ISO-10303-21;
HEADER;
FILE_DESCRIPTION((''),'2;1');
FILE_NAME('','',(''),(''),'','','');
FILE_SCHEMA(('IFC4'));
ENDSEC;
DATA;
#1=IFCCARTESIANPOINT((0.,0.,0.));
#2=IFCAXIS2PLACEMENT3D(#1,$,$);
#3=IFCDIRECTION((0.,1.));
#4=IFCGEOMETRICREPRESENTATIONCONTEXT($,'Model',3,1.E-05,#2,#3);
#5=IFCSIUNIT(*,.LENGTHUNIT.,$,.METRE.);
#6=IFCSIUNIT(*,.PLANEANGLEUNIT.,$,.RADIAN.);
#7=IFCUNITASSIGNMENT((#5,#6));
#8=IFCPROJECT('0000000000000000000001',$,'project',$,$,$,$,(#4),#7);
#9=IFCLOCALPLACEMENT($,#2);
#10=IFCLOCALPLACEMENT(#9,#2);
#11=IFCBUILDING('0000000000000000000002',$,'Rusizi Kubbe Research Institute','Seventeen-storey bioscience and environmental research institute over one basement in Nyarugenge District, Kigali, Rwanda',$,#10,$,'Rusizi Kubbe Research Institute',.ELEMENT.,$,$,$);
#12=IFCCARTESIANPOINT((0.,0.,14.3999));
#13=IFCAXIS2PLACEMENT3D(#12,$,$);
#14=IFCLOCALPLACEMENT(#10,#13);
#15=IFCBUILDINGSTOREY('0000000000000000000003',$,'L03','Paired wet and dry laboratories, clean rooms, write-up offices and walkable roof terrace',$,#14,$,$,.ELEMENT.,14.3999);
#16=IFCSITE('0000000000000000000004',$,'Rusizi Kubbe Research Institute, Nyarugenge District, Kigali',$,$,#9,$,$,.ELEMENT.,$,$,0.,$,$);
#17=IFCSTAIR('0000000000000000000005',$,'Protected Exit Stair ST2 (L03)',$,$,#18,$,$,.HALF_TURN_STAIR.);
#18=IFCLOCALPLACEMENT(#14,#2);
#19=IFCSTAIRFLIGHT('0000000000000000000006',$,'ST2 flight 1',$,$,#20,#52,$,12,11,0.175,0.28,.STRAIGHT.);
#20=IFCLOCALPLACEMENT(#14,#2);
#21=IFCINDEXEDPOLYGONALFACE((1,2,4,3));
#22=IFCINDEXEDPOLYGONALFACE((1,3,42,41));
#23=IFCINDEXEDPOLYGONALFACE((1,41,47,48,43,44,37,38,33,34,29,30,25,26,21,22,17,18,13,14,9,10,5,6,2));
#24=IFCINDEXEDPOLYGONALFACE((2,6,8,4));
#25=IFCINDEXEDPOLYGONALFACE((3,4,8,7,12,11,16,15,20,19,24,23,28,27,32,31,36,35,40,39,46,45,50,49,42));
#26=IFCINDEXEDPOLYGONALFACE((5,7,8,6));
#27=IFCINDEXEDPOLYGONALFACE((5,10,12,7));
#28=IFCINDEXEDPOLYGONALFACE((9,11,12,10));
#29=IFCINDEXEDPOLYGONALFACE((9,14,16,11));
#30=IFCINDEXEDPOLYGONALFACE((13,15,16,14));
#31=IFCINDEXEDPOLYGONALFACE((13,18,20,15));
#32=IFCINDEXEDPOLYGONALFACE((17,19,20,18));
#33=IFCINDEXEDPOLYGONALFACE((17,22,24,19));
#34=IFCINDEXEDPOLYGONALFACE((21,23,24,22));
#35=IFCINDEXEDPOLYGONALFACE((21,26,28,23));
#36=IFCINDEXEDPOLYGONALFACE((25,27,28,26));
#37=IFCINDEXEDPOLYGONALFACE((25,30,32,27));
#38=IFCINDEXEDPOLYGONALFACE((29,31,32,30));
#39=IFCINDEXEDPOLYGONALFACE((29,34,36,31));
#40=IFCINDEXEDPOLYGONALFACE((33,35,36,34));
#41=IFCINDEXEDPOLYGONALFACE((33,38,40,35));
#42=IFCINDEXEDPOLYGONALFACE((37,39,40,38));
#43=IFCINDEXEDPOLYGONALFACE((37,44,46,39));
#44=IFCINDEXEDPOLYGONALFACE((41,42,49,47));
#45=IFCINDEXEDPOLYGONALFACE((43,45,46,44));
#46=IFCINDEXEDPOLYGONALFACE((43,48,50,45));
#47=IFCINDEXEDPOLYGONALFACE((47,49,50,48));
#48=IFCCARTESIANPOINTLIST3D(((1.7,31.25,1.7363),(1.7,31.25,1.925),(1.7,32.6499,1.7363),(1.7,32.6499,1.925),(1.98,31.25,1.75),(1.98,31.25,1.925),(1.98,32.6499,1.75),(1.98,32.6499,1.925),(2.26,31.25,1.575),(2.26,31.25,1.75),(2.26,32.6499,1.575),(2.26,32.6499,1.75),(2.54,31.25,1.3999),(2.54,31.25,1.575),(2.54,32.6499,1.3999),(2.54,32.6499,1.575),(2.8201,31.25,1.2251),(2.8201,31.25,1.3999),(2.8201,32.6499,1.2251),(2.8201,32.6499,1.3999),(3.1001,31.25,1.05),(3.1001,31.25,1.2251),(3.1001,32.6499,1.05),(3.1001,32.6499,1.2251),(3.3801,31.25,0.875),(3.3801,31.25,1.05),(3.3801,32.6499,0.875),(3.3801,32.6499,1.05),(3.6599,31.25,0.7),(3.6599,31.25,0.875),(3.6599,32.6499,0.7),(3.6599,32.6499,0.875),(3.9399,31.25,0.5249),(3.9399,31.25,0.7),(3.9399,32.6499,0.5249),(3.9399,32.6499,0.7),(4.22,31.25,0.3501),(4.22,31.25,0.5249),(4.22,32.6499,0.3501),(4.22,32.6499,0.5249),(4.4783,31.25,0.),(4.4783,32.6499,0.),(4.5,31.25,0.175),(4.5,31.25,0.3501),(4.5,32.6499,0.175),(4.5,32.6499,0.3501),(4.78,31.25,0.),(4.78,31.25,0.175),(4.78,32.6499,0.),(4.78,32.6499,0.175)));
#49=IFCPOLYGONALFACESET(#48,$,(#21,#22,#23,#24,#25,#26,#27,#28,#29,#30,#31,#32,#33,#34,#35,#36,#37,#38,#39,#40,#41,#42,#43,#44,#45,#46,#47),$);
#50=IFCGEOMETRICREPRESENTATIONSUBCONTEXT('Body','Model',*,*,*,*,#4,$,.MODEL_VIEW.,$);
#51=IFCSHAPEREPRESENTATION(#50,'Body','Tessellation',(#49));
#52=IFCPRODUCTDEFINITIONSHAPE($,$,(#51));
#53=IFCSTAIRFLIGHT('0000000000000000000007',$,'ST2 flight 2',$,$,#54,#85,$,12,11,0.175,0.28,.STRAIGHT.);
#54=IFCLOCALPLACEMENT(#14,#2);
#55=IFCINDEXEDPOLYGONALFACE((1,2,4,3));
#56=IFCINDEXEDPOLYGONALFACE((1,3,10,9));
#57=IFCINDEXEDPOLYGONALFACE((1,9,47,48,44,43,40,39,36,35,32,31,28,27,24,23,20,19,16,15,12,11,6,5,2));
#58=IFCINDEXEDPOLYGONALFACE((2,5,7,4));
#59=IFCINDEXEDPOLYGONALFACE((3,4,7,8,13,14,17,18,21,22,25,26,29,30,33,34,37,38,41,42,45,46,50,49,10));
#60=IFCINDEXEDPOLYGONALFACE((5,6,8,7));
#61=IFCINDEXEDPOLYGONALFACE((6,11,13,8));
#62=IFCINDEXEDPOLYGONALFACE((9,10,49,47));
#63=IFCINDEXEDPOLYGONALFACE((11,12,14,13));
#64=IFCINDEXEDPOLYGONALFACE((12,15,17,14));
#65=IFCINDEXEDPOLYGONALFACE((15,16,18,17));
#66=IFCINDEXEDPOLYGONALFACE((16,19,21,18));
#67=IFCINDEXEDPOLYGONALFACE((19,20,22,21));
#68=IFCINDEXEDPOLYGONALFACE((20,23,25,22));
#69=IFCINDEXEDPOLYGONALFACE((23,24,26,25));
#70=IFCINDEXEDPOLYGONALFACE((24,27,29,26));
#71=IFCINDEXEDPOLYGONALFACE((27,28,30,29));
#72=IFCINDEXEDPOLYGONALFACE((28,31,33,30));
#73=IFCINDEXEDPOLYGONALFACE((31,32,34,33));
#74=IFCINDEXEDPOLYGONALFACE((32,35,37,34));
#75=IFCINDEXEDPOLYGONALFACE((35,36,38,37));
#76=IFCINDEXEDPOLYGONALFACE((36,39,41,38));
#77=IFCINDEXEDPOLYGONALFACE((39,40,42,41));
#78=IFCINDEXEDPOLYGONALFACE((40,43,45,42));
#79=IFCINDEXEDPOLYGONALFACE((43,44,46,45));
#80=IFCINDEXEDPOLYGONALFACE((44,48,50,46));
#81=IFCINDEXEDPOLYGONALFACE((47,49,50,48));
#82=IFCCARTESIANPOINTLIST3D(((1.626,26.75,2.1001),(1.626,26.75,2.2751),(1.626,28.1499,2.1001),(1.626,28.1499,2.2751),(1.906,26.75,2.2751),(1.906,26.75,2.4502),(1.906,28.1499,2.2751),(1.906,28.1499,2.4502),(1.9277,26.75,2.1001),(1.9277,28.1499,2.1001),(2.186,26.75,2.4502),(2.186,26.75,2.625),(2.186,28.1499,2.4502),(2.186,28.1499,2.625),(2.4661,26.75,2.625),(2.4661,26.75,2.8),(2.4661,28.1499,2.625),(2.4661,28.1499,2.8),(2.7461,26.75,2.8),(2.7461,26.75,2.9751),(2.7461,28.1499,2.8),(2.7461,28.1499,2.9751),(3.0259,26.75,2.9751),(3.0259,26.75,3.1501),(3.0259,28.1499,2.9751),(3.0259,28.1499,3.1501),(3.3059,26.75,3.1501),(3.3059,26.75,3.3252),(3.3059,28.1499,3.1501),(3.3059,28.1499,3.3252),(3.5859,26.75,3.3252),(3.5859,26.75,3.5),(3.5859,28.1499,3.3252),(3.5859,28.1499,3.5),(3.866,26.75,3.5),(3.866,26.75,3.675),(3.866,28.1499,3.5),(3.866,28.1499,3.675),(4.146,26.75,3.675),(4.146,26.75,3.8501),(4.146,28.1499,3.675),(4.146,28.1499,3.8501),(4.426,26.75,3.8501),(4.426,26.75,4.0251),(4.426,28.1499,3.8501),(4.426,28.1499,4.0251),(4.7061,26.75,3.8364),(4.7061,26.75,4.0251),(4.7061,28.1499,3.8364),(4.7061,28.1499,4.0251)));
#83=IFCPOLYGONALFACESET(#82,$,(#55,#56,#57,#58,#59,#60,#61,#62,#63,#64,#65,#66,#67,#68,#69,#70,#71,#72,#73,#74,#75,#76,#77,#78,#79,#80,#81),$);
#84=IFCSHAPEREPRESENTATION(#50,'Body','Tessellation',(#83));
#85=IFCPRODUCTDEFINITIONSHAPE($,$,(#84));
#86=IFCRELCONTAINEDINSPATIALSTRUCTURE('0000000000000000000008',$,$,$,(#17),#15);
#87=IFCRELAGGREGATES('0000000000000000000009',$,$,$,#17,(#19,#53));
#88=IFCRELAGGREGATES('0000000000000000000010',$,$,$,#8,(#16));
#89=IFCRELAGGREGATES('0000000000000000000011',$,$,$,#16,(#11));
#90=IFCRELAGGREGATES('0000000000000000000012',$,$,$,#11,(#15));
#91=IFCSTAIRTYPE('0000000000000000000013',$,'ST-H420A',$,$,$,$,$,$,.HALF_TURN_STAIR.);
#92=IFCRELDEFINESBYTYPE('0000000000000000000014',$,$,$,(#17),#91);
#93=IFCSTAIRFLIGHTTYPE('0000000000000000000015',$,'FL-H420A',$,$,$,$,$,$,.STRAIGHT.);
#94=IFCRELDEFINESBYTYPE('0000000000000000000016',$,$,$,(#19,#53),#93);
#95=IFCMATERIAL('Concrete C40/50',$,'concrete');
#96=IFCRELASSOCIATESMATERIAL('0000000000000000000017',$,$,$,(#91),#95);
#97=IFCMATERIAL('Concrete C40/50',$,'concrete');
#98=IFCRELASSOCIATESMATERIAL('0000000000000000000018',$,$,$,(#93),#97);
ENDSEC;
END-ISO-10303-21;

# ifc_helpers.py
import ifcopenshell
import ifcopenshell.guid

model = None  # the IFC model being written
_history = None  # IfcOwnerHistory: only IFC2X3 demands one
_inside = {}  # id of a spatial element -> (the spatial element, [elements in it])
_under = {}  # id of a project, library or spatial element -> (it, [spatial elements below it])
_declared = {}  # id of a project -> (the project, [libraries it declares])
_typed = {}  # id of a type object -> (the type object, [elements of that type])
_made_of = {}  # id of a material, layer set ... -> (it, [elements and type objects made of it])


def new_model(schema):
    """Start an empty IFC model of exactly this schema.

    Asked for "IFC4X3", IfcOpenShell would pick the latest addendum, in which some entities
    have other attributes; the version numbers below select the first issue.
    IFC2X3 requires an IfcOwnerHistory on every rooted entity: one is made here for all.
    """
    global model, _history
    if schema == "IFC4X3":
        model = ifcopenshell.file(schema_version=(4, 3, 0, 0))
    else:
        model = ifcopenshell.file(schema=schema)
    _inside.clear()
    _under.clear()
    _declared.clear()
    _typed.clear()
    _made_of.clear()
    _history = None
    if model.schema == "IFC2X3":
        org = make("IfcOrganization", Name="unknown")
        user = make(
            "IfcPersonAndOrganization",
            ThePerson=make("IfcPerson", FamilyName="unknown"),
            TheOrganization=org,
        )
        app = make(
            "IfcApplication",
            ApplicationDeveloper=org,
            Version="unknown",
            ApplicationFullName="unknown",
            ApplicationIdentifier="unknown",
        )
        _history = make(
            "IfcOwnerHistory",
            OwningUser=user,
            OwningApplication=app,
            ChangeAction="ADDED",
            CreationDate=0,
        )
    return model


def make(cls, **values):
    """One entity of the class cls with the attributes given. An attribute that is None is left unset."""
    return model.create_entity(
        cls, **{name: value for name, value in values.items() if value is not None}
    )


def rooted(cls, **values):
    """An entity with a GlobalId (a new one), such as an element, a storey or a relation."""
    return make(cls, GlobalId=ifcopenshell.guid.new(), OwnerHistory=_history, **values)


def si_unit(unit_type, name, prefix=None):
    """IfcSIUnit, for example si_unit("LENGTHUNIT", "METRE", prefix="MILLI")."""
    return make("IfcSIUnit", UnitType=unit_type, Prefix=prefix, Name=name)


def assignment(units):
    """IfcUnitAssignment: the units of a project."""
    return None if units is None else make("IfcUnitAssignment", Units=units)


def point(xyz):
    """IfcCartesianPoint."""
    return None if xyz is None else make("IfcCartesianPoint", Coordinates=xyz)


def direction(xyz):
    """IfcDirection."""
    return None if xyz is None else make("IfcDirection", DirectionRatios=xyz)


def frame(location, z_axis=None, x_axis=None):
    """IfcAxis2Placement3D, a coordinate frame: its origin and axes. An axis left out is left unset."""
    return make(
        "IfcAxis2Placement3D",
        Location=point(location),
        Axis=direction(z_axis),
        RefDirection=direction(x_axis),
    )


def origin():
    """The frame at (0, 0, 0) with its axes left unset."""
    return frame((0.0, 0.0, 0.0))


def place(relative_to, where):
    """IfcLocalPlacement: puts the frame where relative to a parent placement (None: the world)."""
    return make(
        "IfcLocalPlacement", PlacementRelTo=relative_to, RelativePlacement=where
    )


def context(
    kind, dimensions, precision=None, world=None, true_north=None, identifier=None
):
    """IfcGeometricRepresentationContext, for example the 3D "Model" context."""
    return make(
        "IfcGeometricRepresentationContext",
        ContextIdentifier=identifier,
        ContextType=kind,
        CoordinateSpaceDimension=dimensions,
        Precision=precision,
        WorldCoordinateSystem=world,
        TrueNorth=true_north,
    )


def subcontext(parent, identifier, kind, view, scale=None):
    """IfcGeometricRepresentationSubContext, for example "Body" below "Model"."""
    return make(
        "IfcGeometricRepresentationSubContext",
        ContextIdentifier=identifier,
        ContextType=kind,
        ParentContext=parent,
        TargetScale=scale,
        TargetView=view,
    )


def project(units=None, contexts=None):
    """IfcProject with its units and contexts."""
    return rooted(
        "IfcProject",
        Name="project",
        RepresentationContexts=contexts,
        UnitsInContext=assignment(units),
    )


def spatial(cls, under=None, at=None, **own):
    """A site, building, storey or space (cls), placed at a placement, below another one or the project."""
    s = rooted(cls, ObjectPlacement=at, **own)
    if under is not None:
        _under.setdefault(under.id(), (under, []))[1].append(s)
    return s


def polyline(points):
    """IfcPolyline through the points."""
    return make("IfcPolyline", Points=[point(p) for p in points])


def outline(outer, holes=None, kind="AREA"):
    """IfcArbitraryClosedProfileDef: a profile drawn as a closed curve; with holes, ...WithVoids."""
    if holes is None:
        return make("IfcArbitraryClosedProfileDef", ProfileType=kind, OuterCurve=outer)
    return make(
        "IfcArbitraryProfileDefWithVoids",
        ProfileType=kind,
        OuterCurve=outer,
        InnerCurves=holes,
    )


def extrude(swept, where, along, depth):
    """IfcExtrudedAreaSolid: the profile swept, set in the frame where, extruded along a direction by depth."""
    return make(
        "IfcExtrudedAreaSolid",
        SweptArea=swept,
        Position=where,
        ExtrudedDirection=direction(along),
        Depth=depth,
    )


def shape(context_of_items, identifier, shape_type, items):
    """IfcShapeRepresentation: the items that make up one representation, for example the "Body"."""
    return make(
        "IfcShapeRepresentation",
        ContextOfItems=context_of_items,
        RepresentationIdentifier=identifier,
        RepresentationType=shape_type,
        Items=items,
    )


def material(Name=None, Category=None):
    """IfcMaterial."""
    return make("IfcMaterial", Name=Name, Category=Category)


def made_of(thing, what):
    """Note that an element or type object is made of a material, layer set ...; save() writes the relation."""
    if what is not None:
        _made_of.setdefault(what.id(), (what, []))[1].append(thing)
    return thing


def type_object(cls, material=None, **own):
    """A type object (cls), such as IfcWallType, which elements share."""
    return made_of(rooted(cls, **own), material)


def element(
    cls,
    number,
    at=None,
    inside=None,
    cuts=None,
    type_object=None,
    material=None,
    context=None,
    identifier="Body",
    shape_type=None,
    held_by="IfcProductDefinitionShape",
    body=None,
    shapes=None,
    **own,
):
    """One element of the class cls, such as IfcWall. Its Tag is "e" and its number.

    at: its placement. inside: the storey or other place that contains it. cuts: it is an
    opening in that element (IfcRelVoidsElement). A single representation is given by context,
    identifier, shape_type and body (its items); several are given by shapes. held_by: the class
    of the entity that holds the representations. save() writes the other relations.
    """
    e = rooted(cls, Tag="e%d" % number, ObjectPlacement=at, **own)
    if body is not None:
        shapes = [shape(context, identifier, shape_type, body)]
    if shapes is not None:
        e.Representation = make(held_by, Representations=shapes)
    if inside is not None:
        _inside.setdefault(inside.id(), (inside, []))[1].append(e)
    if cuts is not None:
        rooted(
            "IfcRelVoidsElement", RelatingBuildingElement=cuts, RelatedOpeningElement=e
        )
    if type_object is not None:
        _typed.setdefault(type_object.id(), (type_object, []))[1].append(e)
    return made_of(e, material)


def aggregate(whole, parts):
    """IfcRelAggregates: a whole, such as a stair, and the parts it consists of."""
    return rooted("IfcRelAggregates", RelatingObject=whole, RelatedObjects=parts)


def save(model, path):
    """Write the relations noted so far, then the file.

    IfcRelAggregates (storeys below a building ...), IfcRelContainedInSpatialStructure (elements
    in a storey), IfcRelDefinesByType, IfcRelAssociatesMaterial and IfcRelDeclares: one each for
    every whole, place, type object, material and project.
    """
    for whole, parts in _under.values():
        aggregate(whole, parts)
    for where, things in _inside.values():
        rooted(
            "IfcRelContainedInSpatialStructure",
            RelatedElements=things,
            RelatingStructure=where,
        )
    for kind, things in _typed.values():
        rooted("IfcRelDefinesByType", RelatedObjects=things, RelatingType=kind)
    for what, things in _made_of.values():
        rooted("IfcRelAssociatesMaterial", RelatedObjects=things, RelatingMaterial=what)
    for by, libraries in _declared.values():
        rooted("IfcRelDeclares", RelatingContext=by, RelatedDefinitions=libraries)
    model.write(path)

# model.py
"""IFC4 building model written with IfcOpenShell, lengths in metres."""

from ifc_helpers import new_model, si_unit, direction, frame, origin, place, context, subcontext, project, spatial, polyline, outline, extrude, material, type_object, element, aggregate, save


model = new_model("IFC4")

# Units and contexts
model_context = context("Model", 3, precision=1e-05, world=origin(), true_north=direction((0.0, 1.0)))
body_context = subcontext(model_context, "Body", "Model", "MODEL_VIEW")
ifc_project = project(units=[si_unit("LENGTHUNIT", "METRE"), si_unit("PLANEANGLEUNIT", "RADIAN")], contexts=[model_context])

# Site, building, storey
site_placement = place(None, origin())
site = spatial("IfcSite", under=ifc_project, at=site_placement, Name="Rusizi Kubbe Research Institute, Nyarugenge District, Kigali", CompositionType="ELEMENT", RefElevation=0.0)
building_placement = place(site_placement, origin())
building = spatial("IfcBuilding", under=site, at=building_placement, Name="Rusizi Kubbe Research Institute", Description="Seventeen-storey bioscience and environmental research institute over one basement in Nyarugenge District, Kigali, Rwanda", LongName="Rusizi Kubbe Research Institute", CompositionType="ELEMENT")
storey_placement = place(building_placement, frame((0.0, 0.0, 14.3999)))
storey = spatial("IfcBuildingStorey", under=building, at=storey_placement, Name="L03", Description="Paired wet and dry laboratories, clean rooms, write-up offices and walkable roof terrace", CompositionType="ELEMENT", Elevation=14.3999)

# Stair, stair flights
ifc_material_1 = material(Name="Concrete C40/50", Category="concrete")
stair_type = type_object("IfcStairType", Name="ST-H420A", PredefinedType="HALF_TURN_STAIR", material=ifc_material_1)
stair_placement = place(storey_placement, origin())
stair = element("IfcStair", 1, at=stair_placement, inside=storey, type_object=stair_type, Name="Protected Exit Stair ST2 (L03)", PredefinedType="HALF_TURN_STAIR")
ifc_material_2 = material(Name="Concrete C40/50", Category="concrete")
stair_flight_type = type_object("IfcStairFlightType", Name="FL-H420A", PredefinedType="STRAIGHT", material=ifc_material_2)
stair_flight_1_placement = place(storey_placement, frame((4.78, 31.95, 0.0), z_axis=(0.0, 0.0, 1.0), x_axis=(-1.0, 0.0, 0.0)))
stair_flight_1 = element("IfcStairFlight", 2, at=stair_flight_1_placement, type_object=stair_flight_type, Name="ST2 flight 1", NumberOfRisers=12, NumberOfTreads=11, PredefinedType="STRAIGHT", RiserHeight=0.175, TreadLength=0.28, context=body_context, shape_type="SweptSolid", body=[
    extrude(outline(polyline([(0.0, 0.0), (0.0, 0.175), (0.28, 0.175), (0.28, 0.3501), (0.5601, 0.3501), (0.5601, 0.5249), (0.8401, 0.5249), (0.8401, 0.7), (1.1201, 0.7), (1.1201, 0.875), (1.3999, 0.875), (1.3999, 1.05), (1.6799, 1.05), (1.6799, 1.2251), (1.96, 1.2251), (1.96, 1.3999), (2.24, 1.3999), (2.24, 1.575), (2.52, 1.575), (2.52, 1.75), (2.8, 1.75), (2.8, 1.925), (3.0801, 1.925), (3.0801, 2.1001), (3.0801, 1.7363), (0.3018, 0.0), (0.0, 0.0)])), frame((0.0, 0.7, 0.0), z_axis=(0.0, -1.0, 0.0), x_axis=(1.0, 0.0, 0.0)), (0.0, 0.0, 1.0), 1.3999),
])
stair_flight_2_placement = place(storey_placement, frame((1.626, 27.45, 2.1001), z_axis=(0.0, 0.0, 1.0), x_axis=(1.0, 0.0, 0.0)))
stair_flight_2 = element("IfcStairFlight", 3, at=stair_flight_2_placement, type_object=stair_flight_type, Name="ST2 flight 2", NumberOfRisers=12, NumberOfTreads=11, PredefinedType="STRAIGHT", RiserHeight=0.175, TreadLength=0.28, context=body_context, shape_type="SweptSolid", body=[
    extrude(outline(polyline([(0.0, 0.0), (0.0, 0.175), (0.28, 0.175), (0.28, 0.3501), (0.5601, 0.3501), (0.5601, 0.5249), (0.8401, 0.5249), (0.8401, 0.7), (1.1201, 0.7), (1.1201, 0.875), (1.3999, 0.875), (1.3999, 1.05), (1.6799, 1.05), (1.6799, 1.2251), (1.96, 1.2251), (1.96, 1.3999), (2.24, 1.3999), (2.24, 1.575), (2.52, 1.575), (2.52, 1.75), (2.8, 1.75), (2.8, 1.925), (3.0801, 1.925), (3.0801, 2.1001), (3.0801, 1.7363), (0.3018, 0.0), (0.0, 0.0)])), frame((0.0, 0.7, 0.0), z_axis=(0.0, -1.0, 0.0), x_axis=(1.0, 0.0, 0.0)), (0.0, 0.0, 1.0), 1.3999),
])
aggregate(stair, [stair_flight_1, stair_flight_2])

save(model, "model.ifc")
